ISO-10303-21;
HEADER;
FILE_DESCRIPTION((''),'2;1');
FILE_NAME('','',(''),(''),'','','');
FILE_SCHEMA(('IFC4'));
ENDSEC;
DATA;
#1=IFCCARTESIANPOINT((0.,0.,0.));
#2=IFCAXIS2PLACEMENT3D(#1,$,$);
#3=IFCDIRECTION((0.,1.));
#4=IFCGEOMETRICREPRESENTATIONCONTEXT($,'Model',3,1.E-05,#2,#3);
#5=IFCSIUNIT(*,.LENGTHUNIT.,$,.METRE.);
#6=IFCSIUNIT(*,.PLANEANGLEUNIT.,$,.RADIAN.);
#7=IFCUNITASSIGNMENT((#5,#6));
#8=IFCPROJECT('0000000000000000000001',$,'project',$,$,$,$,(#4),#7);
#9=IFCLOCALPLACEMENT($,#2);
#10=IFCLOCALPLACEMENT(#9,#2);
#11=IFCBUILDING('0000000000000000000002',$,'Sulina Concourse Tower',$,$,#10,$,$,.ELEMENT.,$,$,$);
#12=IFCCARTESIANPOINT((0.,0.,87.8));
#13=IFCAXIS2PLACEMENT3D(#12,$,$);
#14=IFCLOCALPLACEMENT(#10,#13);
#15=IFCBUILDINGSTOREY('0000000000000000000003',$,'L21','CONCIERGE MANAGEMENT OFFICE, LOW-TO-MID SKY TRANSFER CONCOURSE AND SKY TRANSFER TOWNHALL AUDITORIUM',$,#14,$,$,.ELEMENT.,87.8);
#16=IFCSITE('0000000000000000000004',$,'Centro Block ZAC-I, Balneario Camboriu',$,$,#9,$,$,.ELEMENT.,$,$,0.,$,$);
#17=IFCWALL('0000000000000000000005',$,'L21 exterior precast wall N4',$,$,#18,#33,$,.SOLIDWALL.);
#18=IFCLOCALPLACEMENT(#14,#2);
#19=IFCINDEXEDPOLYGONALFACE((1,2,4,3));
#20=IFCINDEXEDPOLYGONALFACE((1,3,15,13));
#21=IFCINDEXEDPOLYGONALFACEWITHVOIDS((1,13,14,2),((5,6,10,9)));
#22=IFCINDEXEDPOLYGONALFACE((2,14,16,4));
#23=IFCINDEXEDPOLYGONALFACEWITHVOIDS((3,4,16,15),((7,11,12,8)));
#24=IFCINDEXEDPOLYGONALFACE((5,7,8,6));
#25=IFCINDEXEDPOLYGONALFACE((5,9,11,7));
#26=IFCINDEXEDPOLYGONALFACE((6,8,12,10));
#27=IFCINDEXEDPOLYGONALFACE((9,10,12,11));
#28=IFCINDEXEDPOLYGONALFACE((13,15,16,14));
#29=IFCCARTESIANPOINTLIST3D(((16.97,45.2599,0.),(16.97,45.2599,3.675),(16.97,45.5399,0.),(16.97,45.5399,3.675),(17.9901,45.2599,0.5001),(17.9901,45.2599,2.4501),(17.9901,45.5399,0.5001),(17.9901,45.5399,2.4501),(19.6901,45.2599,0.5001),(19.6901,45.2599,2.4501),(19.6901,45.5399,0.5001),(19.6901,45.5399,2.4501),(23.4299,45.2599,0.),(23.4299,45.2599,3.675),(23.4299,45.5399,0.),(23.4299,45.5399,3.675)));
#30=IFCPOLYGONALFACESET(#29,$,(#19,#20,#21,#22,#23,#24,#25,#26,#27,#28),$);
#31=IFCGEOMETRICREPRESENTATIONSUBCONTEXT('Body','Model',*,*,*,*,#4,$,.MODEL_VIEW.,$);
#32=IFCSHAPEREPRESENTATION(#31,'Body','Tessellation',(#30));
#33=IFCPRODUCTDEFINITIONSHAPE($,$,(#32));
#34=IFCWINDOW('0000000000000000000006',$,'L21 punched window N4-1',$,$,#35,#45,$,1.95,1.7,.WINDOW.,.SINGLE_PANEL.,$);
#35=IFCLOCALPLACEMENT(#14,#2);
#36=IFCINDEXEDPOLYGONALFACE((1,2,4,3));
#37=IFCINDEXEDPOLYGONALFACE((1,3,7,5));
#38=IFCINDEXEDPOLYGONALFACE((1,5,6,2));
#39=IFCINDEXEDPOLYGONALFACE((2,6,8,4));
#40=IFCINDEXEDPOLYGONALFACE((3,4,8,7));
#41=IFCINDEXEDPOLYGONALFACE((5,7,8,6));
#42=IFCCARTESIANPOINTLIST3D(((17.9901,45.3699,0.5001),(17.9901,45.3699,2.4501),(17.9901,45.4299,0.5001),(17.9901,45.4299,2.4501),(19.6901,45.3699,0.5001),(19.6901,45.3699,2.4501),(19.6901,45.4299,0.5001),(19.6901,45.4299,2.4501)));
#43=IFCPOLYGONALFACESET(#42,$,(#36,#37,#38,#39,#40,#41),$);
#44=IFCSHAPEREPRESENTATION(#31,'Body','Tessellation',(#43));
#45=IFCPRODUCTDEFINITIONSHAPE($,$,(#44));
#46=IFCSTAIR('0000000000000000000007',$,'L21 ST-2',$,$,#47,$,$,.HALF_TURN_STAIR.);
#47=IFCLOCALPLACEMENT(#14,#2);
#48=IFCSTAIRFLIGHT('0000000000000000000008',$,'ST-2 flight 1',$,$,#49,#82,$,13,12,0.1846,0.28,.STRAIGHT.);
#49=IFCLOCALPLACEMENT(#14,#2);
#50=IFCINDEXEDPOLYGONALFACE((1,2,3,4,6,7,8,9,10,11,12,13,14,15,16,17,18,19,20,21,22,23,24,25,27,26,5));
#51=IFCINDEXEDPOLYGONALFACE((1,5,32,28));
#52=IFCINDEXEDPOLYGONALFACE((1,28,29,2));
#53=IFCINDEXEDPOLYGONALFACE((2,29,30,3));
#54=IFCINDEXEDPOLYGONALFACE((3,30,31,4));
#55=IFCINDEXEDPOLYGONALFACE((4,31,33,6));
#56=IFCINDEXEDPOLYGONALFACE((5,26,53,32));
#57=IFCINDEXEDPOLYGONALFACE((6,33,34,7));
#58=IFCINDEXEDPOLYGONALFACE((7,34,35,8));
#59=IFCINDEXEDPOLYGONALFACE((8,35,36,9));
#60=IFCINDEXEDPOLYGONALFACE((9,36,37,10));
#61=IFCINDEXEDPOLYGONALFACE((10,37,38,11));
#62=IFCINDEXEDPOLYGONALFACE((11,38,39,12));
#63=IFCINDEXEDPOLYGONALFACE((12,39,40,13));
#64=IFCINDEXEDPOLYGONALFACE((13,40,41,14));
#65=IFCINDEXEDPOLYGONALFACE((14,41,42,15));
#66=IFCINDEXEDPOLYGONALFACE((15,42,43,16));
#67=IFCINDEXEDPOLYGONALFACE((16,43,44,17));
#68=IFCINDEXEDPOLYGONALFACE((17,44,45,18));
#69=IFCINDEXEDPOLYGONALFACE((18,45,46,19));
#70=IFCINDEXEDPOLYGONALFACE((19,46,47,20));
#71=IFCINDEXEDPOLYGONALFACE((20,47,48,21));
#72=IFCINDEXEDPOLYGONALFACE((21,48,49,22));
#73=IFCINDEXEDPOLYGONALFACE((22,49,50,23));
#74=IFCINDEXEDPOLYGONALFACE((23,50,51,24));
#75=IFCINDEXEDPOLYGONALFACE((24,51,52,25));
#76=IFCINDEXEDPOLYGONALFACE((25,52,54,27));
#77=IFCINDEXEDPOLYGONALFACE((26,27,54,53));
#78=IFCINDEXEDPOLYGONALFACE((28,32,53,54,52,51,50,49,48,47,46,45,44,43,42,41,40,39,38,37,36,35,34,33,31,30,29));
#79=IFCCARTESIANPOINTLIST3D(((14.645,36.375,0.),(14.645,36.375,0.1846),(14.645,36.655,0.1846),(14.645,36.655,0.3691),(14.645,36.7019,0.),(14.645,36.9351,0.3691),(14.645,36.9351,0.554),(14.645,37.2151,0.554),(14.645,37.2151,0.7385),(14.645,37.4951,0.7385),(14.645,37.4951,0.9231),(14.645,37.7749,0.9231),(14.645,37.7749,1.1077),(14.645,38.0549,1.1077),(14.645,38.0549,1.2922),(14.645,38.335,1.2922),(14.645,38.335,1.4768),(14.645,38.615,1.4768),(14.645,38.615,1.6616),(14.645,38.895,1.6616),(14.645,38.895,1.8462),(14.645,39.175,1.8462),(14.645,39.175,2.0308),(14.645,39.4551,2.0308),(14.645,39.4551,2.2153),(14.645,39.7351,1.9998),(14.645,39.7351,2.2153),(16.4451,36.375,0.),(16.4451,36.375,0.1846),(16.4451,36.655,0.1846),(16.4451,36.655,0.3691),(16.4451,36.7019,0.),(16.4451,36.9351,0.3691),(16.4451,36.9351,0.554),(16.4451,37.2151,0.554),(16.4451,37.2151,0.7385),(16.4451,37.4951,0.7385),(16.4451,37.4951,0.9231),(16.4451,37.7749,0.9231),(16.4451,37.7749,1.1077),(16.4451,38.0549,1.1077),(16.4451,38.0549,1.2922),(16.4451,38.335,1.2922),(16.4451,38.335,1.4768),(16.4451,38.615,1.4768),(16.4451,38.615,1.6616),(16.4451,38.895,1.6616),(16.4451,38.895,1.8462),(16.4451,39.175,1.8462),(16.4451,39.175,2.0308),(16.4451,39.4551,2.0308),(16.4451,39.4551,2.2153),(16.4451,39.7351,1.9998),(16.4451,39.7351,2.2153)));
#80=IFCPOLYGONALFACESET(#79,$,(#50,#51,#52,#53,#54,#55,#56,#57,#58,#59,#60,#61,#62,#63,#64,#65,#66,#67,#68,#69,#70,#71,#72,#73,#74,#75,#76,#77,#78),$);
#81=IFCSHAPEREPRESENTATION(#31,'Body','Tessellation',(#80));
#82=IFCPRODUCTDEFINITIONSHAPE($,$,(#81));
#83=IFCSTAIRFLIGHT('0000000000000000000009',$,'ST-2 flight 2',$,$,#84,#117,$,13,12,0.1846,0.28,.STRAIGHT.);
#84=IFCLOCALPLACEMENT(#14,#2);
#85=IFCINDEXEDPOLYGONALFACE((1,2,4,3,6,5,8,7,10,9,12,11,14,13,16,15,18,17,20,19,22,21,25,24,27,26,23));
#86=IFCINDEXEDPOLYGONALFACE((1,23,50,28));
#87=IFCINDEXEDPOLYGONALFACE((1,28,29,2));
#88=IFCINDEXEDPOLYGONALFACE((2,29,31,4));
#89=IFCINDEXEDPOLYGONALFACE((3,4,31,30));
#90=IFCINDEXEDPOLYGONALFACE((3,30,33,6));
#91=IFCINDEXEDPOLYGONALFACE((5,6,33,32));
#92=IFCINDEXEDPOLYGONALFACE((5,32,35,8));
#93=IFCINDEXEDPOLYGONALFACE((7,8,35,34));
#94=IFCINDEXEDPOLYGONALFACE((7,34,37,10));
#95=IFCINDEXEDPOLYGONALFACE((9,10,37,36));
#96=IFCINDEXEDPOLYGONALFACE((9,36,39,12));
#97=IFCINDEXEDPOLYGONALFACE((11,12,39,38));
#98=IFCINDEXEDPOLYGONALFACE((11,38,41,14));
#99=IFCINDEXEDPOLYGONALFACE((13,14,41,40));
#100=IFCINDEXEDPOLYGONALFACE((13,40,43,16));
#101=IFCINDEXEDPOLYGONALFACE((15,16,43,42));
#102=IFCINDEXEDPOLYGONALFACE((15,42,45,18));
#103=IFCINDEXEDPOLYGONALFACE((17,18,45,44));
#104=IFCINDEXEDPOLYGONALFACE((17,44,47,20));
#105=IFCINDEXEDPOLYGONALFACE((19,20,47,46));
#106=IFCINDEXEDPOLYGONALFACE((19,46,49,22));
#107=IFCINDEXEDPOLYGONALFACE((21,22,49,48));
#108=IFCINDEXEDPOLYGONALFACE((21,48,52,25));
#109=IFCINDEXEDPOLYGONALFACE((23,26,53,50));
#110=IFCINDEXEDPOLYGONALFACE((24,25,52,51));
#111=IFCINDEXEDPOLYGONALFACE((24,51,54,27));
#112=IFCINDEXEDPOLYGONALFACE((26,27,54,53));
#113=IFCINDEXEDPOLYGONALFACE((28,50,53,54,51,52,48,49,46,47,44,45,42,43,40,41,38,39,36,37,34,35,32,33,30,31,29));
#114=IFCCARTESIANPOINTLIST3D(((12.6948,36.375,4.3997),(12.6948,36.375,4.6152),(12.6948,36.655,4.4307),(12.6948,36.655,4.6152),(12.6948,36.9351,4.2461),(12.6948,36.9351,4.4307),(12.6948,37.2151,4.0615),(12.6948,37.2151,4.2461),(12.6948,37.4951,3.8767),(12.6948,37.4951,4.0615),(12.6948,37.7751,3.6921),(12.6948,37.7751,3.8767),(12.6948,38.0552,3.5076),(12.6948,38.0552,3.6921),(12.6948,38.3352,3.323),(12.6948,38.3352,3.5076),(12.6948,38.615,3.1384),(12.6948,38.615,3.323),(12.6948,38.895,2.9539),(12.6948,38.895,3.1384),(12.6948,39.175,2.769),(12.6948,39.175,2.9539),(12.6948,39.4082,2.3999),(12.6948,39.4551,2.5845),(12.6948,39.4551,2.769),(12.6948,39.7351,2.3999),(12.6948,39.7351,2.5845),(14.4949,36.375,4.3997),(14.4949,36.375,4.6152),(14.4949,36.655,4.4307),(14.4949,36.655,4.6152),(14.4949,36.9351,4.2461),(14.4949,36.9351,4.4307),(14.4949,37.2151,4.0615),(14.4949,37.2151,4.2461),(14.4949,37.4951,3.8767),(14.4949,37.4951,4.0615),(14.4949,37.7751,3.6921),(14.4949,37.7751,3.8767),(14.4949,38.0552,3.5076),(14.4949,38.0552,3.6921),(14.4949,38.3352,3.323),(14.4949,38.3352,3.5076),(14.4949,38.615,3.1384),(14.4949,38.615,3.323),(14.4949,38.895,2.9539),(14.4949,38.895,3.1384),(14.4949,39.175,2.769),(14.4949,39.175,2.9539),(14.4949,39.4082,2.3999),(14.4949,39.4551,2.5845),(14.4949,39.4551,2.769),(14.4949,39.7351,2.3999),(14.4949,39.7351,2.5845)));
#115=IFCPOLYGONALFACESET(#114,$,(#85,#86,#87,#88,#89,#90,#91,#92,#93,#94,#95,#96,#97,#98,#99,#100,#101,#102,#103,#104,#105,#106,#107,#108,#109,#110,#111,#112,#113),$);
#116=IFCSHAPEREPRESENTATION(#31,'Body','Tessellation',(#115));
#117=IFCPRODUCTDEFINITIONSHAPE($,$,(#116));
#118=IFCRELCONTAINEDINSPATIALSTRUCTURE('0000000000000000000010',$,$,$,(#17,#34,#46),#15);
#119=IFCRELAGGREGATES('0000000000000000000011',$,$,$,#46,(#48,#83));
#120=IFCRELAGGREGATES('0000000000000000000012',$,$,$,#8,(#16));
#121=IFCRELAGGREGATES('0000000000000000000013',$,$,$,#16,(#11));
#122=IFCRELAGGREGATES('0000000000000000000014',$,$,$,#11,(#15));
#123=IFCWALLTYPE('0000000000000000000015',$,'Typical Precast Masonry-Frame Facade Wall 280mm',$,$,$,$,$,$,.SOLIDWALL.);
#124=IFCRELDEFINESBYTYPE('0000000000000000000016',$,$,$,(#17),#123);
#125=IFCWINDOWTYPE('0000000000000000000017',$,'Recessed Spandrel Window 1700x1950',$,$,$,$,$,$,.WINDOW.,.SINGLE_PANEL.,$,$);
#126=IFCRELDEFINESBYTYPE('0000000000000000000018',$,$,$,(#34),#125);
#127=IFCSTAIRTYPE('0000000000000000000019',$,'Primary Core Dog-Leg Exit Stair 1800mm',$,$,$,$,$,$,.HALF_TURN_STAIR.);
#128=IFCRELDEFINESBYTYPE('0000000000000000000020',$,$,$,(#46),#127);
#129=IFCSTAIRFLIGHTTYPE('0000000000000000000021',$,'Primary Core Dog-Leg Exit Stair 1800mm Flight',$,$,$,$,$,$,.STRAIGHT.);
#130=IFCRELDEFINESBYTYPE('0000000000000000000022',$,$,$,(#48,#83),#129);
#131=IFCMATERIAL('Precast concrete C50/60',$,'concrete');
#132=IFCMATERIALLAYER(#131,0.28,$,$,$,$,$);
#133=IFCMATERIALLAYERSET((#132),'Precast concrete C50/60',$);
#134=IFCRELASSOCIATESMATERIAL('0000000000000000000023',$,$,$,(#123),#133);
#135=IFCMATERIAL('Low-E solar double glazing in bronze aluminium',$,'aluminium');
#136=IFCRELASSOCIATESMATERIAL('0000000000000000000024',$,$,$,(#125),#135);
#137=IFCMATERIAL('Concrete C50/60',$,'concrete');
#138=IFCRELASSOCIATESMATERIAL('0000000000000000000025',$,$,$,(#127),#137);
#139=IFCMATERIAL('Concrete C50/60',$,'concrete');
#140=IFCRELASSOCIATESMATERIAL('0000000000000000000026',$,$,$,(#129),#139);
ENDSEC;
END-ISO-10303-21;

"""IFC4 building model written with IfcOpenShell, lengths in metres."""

from ifc_helpers import new_model, si_unit, direction, frame, frame_2d, origin, place, context, subcontext, project, spatial, polyline, rectangle, outline, extrude, material, layer, layer_set, type_object, element, fill, aggregate, save


model = new_model("IFC4")

# Units and contexts
model_context = context("Model", 3, precision=1e-05, world=origin(), true_north=direction((0.0, 1.0)))
body_context = subcontext(model_context, "Body", "Model", "MODEL_VIEW")
ifc_project = project(units=[si_unit("LENGTHUNIT", "METRE"), si_unit("PLANEANGLEUNIT", "RADIAN")], contexts=[model_context])

# Site, building, storey
site_placement = place(None, origin())
site = spatial("IfcSite", under=ifc_project, at=site_placement, Name="Centro Block ZAC-I, Balneario Camboriu", CompositionType="ELEMENT", RefElevation=0.0)
building_placement = place(site_placement, origin())
building = spatial("IfcBuilding", under=site, at=building_placement, Name="Sulina Concourse Tower", CompositionType="ELEMENT")
storey_placement = place(building_placement, frame((0.0, 0.0, 87.8)))
storey = spatial("IfcBuildingStorey", under=building, at=storey_placement, Name="L21", Description="CONCIERGE MANAGEMENT OFFICE, LOW-TO-MID SKY TRANSFER CONCOURSE AND SKY TRANSFER TOWNHALL AUDITORIUM", CompositionType="ELEMENT", Elevation=87.8)

# Shared definitions
ifc_material_1 = material(Name="Precast concrete C50/60", Category="concrete")
ifc_layer_1 = layer(ifc_material_1, 0.28)
ifc_layer_set_1 = layer_set([ifc_layer_1], Name="Precast concrete C50/60")
wall_type_1 = type_object("IfcWallType", Name="Typical Precast Masonry-Frame Facade Wall 280mm", PredefinedType="SOLIDWALL", material=ifc_layer_set_1)

# Wall, opening, window
wall_1_placement = place(storey_placement, frame((16.97, 45.3999, 0.0), z_axis=(0.0, 0.0, 1.0), x_axis=(1.0, 0.0, 0.0)))
wall_1 = element("IfcWall", 1, at=wall_1_placement, inside=storey, type_object=wall_type_1, Name="L21 exterior precast wall N4", PredefinedType="SOLIDWALL", context=body_context, shape_type="SweptSolid", body=[
    extrude(rectangle(XDim=6.46, YDim=0.28, at=frame_2d((3.23, 0.0))), origin(), (0.0, 0.0, 1.0), 3.675),
])
opening_1_placement = place(wall_1_placement, frame((1.02, 0.0, 0.5)))
opening_1 = element("IfcOpeningElement", 2, at=opening_1_placement, cuts=wall_1, PredefinedType="OPENING", context=body_context, shape_type="SweptSolid", body=[
    extrude(rectangle(XDim=1.7, YDim=1.95, at=frame_2d((0.8501, 0.9751))), frame((0.0, 0.1499, 0.0), z_axis=(0.0, -1.0, 0.0), x_axis=(1.0, 0.0, 0.0)), (0.0, 0.0, 1.0), 0.3),
])
ifc_material_2 = material(Name="Low-E solar double glazing in bronze aluminium", Category="aluminium")
window_type = type_object("IfcWindowType", Name="Recessed Spandrel Window 1700x1950", PartitioningType="SINGLE_PANEL", PredefinedType="WINDOW", material=ifc_material_2)
window_placement = place(opening_1_placement, origin())
window = element("IfcWindow", 3, at=window_placement, inside=storey, type_object=window_type, Name="L21 punched window N4-1", OverallHeight=1.95, OverallWidth=1.7, PartitioningType="SINGLE_PANEL", PredefinedType="WINDOW", context=body_context, shape_type="SweptSolid", body=[
    extrude(rectangle(XDim=1.7, YDim=1.95, at=frame_2d((0.8501, 0.9751))), frame((0.0, 0.03, 0.0), z_axis=(0.0, -1.0, 0.0), x_axis=(1.0, 0.0, 0.0)), (0.0, 0.0, 1.0), 0.0601),
])
fill(opening_1, window)

# Stair, stair flights
ifc_material_3 = material(Name="Concrete C50/60", Category="concrete")
stair_type = type_object("IfcStairType", Name="Primary Core Dog-Leg Exit Stair 1800mm", PredefinedType="HALF_TURN_STAIR", material=ifc_material_3)
stair_placement = place(storey_placement, origin())
stair = element("IfcStair", 4, at=stair_placement, inside=storey, type_object=stair_type, Name="L21 ST-2", PredefinedType="HALF_TURN_STAIR")
ifc_material_4 = material(Name="Concrete C50/60", Category="concrete")
stair_flight_type = type_object("IfcStairFlightType", Name="Primary Core Dog-Leg Exit Stair 1800mm Flight", PredefinedType="STRAIGHT", material=ifc_material_4)
stair_flight_1_placement = place(storey_placement, frame((15.5449, 36.375, 0.0), z_axis=(0.0, 0.0, 1.0), x_axis=(0.0, 1.0, 0.0)))
stair_flight_1 = element("IfcStairFlight", 5, at=stair_flight_1_placement, type_object=stair_flight_type, Name="ST-2 flight 1", NumberOfRisers=13, NumberOfTreads=12, PredefinedType="STRAIGHT", RiserHeight=0.1846, TreadLength=0.28, context=body_context, shape_type="SweptSolid", body=[
    extrude(outline(polyline([(0.0, 0.0), (0.0, 0.1846), (0.28, 0.1846), (0.28, 0.3691), (0.5601, 0.3691), (0.5601, 0.554), (0.8401, 0.554), (0.8401, 0.7385), (1.1201, 0.7385), (1.1201, 0.9231), (1.3999, 0.9231), (1.3999, 1.1077), (1.6799, 1.1077), (1.6799, 1.2922), (1.96, 1.2922), (1.96, 1.4768), (2.24, 1.4768), (2.24, 1.6616), (2.52, 1.6616), (2.52, 1.8462), (2.8, 1.8462), (2.8, 2.0308), (3.0801, 2.0308), (3.0801, 2.2153), (3.3601, 2.2153), (3.3601, 2.3999), (3.3601, 1.9998), (0.3269, 0.0), (0.0, 0.0)])), frame((0.0, 0.8999, 0.0), z_axis=(0.0, -1.0, 0.0), x_axis=(1.0, 0.0, 0.0)), (0.0, 0.0, 1.0), 1.8),
])
stair_flight_2_placement = place(storey_placement, frame((13.595, 39.7351, 2.3999), z_axis=(0.0, 0.0, 1.0), x_axis=(0.0, -1.0, 0.0)))
stair_flight_2 = element("IfcStairFlight", 6, at=stair_flight_2_placement, type_object=stair_flight_type, Name="ST-2 flight 2", NumberOfRisers=13, NumberOfTreads=12, PredefinedType="STRAIGHT", RiserHeight=0.1846, TreadLength=0.28, context=body_context, shape_type="SweptSolid", body=[
    extrude(outline(polyline([(0.0, 0.0), (0.0, 0.1846), (0.28, 0.1846), (0.28, 0.3691), (0.5601, 0.3691), (0.5601, 0.554), (0.8401, 0.554), (0.8401, 0.7385), (1.1201, 0.7385), (1.1201, 0.9231), (1.3999, 0.9231), (1.3999, 1.1077), (1.6799, 1.1077), (1.6799, 1.2922), (1.96, 1.2922), (1.96, 1.4768), (2.24, 1.4768), (2.24, 1.6616), (2.52, 1.6616), (2.52, 1.8462), (2.8, 1.8462), (2.8, 2.0308), (3.0801, 2.0308), (3.0801, 2.2153), (3.3601, 2.2153), (3.3601, 2.3999), (3.3601, 1.9998), (0.3269, 0.0), (0.0, 0.0)])), frame((0.0, 0.8999, 0.0), z_axis=(0.0, -1.0, 0.0), x_axis=(1.0, 0.0, 0.0)), (0.0, 0.0, 1.0), 1.8),
])
aggregate(stair, [stair_flight_1, stair_flight_2])

save(model, "model.ifc")
